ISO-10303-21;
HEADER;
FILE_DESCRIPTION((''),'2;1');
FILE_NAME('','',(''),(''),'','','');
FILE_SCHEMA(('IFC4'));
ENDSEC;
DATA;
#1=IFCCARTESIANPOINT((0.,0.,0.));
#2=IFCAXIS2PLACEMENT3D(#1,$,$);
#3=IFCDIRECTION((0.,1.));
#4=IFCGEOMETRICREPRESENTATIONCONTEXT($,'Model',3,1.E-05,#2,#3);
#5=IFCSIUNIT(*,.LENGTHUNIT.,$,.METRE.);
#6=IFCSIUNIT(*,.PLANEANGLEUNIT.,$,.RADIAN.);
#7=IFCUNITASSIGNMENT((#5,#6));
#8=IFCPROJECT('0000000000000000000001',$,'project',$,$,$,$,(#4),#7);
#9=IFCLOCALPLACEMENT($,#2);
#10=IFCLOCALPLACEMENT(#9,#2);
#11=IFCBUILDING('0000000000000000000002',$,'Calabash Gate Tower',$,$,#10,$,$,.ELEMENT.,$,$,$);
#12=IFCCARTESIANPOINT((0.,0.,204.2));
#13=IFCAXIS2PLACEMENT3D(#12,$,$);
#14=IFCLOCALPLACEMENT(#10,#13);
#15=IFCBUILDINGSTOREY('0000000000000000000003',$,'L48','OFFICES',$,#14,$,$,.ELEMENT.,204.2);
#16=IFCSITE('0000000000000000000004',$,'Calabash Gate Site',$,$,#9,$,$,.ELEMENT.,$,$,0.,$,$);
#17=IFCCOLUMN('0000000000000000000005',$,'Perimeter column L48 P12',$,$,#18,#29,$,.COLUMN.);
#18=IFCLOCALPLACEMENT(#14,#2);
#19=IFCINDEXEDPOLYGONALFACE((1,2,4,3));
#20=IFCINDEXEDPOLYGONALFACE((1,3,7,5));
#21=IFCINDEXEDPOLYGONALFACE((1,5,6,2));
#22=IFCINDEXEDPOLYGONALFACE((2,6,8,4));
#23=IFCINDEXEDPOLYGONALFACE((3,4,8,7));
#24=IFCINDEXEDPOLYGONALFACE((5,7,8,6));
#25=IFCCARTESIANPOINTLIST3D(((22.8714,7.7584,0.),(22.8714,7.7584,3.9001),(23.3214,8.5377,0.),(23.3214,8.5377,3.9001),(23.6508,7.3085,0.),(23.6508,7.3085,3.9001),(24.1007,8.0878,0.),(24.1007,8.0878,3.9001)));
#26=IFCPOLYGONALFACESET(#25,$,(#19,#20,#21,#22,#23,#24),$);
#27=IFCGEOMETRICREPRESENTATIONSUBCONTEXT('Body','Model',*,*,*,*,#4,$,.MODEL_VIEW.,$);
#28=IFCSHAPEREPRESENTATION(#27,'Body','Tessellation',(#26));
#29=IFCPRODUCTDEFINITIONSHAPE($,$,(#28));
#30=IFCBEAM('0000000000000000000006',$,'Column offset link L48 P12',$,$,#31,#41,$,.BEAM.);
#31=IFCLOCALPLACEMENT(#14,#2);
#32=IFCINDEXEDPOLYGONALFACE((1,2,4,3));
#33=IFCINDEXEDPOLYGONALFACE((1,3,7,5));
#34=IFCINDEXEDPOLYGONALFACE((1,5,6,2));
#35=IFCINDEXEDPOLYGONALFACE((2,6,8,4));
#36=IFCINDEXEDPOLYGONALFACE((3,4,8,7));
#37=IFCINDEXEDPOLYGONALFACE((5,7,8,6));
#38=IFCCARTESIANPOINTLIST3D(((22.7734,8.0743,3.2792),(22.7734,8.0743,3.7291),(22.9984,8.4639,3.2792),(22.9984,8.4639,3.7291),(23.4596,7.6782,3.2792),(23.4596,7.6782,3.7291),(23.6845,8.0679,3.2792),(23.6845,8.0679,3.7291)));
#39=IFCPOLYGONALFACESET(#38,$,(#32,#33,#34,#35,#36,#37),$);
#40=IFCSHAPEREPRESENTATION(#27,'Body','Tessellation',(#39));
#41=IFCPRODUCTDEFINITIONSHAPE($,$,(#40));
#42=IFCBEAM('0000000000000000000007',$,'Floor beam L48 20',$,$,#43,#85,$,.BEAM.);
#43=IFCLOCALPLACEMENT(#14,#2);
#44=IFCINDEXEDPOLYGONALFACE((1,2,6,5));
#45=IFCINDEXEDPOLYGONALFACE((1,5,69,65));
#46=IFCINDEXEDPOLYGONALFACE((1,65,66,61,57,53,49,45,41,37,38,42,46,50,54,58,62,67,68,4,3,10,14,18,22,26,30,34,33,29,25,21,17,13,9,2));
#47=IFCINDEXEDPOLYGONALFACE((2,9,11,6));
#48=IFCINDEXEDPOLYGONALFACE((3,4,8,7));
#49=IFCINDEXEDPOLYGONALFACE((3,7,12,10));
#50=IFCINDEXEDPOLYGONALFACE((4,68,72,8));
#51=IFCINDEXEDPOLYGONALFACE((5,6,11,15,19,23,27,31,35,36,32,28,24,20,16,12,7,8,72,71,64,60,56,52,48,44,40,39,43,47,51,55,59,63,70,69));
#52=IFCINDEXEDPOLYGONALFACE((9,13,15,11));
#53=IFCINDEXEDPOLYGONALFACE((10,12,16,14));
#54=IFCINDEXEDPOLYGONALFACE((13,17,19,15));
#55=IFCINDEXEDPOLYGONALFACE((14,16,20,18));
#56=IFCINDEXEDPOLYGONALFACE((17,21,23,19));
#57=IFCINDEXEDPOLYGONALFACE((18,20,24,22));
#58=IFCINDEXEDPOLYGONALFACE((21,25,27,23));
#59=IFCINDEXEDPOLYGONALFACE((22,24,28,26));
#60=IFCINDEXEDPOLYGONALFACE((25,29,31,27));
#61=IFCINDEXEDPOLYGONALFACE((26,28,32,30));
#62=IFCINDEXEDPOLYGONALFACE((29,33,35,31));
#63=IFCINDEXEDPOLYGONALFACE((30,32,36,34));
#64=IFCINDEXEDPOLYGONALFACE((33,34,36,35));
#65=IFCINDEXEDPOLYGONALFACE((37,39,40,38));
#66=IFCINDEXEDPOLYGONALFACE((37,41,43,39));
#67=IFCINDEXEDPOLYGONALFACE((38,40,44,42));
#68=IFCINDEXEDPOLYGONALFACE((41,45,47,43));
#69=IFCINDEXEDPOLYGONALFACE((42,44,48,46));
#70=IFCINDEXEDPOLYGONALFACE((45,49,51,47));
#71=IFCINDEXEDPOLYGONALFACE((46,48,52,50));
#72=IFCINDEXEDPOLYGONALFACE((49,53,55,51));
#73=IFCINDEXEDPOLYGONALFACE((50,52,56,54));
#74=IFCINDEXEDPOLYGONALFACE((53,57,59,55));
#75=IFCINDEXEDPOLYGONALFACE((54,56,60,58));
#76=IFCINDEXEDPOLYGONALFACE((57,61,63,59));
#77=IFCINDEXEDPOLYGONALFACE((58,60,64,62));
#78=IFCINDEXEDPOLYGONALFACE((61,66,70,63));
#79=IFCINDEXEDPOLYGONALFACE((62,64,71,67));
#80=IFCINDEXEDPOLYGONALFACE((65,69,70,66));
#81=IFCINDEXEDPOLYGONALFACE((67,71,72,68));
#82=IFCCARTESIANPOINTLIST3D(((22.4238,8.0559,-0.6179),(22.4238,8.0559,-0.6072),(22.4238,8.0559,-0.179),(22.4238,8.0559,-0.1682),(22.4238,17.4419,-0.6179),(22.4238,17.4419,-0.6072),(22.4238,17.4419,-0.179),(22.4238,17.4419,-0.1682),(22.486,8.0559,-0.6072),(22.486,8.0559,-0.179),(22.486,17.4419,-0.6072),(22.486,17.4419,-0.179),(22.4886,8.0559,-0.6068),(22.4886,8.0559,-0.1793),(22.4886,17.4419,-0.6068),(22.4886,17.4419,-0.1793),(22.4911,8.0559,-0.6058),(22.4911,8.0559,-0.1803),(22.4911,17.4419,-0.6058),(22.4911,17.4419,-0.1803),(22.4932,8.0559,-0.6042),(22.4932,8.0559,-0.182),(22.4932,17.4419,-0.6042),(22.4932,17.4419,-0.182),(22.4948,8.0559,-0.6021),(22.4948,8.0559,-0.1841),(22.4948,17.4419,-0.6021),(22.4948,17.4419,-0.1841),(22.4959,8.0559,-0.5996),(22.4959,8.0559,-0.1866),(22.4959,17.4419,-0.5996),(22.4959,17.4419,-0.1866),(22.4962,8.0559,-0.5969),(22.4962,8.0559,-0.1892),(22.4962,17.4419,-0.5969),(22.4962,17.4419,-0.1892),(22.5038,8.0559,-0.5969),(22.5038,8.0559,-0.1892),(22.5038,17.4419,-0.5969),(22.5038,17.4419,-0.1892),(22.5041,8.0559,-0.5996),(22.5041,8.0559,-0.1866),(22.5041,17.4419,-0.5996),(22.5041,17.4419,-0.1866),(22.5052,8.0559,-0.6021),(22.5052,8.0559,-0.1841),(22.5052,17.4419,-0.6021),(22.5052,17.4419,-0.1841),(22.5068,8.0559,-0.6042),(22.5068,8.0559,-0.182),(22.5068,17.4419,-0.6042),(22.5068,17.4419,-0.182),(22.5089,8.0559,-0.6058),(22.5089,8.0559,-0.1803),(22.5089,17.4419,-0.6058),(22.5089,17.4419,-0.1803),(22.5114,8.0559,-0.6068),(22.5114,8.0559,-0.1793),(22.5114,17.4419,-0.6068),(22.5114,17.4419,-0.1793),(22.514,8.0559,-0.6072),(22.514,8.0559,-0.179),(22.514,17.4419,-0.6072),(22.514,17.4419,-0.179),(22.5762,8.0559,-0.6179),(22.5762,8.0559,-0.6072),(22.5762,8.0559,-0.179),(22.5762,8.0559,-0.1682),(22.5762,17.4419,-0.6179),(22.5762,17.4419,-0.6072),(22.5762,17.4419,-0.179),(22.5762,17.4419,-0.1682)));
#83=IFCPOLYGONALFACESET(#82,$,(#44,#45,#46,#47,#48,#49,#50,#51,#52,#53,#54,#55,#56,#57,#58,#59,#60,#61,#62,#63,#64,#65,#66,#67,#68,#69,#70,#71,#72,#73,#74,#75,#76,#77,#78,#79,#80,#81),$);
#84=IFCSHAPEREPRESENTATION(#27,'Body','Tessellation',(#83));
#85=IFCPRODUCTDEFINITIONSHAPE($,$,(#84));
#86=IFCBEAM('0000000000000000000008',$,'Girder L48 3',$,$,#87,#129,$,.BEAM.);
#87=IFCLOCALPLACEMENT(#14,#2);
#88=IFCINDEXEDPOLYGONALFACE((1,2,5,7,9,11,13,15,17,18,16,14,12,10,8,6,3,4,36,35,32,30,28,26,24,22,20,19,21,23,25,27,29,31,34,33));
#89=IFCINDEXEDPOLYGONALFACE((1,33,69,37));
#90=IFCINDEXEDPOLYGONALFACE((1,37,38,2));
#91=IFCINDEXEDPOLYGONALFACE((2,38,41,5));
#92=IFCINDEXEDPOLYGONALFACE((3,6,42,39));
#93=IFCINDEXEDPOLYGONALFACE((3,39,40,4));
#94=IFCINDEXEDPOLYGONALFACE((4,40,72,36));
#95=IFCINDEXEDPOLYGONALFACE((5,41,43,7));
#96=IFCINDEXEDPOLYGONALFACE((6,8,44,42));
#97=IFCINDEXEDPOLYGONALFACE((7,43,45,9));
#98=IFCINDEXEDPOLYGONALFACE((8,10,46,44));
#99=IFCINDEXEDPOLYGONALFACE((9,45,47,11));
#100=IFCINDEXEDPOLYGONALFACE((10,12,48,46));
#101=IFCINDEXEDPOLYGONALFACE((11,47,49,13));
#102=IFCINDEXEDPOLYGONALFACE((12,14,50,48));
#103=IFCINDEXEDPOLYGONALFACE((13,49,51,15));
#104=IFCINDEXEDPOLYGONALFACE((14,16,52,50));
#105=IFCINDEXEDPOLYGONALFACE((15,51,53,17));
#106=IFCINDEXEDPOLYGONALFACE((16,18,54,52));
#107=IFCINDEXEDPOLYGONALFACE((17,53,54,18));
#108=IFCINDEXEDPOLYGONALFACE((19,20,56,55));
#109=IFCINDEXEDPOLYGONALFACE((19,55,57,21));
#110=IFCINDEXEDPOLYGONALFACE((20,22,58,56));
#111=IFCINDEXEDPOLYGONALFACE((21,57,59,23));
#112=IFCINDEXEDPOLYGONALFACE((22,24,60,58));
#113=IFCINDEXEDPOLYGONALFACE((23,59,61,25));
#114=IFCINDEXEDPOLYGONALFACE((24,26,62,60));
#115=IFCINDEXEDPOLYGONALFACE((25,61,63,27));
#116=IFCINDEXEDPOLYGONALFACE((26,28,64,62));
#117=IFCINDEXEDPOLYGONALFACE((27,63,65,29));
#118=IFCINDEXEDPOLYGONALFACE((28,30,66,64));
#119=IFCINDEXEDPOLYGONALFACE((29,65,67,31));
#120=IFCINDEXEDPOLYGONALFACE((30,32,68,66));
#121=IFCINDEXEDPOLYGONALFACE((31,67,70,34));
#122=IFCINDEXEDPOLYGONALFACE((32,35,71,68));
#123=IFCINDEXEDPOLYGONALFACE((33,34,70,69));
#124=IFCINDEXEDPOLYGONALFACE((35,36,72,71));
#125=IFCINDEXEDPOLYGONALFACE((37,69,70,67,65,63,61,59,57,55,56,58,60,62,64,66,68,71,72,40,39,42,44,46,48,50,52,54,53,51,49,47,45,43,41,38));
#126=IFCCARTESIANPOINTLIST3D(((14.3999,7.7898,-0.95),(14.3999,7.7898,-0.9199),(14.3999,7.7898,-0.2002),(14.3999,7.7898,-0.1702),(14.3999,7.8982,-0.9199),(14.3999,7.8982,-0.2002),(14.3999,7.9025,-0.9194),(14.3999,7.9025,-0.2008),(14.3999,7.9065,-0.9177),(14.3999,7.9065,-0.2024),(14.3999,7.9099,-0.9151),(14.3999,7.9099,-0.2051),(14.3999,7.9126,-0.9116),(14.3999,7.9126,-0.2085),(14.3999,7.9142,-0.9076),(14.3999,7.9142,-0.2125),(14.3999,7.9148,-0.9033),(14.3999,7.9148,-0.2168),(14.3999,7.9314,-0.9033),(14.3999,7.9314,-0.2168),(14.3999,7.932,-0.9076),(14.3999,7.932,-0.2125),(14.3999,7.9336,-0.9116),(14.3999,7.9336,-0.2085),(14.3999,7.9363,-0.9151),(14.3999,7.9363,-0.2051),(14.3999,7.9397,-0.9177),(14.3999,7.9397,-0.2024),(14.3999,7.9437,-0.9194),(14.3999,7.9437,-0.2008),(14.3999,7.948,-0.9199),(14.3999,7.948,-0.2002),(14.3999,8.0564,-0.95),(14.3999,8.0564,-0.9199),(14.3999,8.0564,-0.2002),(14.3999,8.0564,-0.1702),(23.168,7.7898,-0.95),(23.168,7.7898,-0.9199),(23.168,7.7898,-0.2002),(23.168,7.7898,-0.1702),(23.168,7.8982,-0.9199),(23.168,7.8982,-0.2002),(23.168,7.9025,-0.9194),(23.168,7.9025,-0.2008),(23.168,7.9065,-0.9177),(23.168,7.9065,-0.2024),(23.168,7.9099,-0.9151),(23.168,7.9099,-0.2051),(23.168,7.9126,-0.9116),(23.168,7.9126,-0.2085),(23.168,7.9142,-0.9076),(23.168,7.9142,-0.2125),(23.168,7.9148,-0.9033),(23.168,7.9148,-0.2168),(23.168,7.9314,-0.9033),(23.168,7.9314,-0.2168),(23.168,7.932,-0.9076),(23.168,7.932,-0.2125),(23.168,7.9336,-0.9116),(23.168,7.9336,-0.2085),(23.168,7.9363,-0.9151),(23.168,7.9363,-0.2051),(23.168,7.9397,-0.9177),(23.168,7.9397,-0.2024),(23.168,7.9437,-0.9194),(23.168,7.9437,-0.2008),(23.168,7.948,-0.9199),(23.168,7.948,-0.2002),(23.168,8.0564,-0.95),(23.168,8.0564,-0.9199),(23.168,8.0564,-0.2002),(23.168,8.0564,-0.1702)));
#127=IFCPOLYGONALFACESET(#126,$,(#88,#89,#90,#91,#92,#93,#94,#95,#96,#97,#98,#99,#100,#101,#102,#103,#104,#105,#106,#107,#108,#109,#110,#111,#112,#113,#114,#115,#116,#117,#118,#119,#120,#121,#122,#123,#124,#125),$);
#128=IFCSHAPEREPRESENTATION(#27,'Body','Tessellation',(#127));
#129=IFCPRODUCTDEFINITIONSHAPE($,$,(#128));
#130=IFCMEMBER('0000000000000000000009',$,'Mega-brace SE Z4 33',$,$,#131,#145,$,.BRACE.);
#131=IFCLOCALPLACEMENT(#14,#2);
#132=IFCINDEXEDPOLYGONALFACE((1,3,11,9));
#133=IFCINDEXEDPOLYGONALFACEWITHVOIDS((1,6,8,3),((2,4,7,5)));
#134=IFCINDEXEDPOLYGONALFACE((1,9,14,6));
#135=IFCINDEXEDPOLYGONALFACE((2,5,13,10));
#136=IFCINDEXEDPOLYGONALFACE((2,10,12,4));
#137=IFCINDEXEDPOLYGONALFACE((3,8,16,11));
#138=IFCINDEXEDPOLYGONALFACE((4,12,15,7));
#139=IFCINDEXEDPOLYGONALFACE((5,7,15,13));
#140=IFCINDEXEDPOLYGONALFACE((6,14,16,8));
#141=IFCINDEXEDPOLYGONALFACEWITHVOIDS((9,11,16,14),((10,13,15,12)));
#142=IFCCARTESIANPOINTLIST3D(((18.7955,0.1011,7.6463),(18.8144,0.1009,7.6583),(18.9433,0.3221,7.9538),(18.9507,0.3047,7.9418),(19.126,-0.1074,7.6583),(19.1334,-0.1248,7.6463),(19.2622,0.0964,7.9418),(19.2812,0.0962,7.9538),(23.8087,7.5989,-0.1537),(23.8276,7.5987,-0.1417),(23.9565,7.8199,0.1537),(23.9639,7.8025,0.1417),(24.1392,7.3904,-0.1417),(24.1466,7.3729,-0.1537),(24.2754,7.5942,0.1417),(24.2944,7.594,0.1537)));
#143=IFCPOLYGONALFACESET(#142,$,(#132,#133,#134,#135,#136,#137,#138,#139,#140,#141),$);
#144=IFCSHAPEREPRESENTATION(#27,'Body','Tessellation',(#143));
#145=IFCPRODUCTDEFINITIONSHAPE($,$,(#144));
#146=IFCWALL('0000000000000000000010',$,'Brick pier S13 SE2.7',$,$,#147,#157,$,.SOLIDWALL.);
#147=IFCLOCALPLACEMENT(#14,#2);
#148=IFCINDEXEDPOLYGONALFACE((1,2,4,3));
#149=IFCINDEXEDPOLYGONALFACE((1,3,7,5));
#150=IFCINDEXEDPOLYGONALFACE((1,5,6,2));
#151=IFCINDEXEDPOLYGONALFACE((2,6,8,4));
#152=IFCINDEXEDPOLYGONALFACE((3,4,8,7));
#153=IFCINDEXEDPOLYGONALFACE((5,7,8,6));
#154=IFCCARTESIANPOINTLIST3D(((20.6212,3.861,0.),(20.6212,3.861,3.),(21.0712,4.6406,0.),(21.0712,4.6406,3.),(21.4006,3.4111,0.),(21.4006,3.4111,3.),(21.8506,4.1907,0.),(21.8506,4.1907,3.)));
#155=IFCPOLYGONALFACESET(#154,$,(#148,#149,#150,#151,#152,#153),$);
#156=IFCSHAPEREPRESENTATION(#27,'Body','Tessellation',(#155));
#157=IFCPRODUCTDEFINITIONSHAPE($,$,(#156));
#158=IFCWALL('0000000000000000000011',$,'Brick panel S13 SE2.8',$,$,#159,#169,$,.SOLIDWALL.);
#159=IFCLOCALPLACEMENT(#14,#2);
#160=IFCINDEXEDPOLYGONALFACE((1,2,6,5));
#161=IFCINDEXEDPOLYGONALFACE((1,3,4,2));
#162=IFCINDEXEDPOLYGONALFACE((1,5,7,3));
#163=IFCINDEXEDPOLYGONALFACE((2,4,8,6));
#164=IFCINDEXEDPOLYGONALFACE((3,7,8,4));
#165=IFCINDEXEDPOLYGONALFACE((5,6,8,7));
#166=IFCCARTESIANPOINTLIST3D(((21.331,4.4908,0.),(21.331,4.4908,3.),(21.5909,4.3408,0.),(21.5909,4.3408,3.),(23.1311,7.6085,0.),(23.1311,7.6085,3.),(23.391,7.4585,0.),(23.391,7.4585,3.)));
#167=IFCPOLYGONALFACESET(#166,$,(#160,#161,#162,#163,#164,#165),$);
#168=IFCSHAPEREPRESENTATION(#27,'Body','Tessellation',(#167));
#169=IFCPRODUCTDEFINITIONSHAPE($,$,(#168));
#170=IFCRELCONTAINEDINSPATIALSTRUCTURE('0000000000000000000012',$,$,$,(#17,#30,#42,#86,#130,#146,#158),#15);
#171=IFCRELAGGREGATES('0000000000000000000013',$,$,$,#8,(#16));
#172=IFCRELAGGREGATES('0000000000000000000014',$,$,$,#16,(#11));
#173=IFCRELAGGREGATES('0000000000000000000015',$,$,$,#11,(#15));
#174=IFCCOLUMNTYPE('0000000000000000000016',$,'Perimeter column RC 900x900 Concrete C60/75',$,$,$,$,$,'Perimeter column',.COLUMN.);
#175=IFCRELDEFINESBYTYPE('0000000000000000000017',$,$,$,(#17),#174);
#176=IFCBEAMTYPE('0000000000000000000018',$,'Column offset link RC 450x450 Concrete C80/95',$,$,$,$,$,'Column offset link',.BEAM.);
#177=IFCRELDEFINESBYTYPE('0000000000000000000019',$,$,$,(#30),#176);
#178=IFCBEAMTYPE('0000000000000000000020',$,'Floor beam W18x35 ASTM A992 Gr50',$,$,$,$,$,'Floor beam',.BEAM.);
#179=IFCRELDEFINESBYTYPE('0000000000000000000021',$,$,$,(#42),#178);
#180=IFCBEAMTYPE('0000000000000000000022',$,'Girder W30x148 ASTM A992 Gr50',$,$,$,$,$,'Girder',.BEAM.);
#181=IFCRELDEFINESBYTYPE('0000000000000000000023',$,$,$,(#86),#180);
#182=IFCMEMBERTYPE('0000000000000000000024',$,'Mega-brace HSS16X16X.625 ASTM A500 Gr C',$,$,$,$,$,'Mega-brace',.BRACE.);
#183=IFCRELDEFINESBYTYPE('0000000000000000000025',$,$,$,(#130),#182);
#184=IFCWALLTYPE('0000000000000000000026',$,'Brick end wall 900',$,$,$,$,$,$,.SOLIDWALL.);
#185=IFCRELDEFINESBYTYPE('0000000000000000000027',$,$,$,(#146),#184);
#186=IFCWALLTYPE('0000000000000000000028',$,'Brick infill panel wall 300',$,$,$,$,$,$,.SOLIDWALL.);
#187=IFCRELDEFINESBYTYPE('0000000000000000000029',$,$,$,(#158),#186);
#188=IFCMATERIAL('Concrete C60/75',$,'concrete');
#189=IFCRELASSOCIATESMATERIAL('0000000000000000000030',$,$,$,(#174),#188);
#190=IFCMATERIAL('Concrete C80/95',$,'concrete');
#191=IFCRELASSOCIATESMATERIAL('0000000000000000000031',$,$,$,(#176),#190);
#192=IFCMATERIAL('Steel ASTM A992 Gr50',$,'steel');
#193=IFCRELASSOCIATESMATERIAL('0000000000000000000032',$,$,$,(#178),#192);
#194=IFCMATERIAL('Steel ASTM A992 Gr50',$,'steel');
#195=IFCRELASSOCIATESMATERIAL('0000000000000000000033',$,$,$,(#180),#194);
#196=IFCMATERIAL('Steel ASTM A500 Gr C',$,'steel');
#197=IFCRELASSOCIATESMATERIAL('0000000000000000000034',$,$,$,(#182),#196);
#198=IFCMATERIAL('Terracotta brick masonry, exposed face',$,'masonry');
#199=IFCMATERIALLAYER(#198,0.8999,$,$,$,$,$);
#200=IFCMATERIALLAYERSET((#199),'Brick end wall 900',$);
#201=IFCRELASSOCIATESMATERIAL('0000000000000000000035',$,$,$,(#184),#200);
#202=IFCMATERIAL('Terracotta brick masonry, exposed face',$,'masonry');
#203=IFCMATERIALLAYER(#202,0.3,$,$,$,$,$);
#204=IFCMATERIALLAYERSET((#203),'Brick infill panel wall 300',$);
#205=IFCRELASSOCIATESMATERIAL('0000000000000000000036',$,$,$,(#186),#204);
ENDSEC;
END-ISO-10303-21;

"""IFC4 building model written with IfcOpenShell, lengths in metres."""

from ifc_helpers import new_model, si_unit, direction, frame, frame_2d, origin, origin_2d, place, context, subcontext, project, spatial, rectangle, hollow_rectangle, i_section, extrude, material, layer, layer_set, material_profile, profile_set, type_object, element, save


model = new_model("IFC4")

# Units and contexts
model_context = context("Model", 3, precision=1e-05, world=origin(), true_north=direction((0.0, 1.0)))
body_context = subcontext(model_context, "Body", "Model", "MODEL_VIEW")
ifc_project = project(units=[si_unit("LENGTHUNIT", "METRE"), si_unit("PLANEANGLEUNIT", "RADIAN")], contexts=[model_context])

# Site, building, storey
site_placement = place(None, origin())
site = spatial("IfcSite", under=ifc_project, at=site_placement, Name="Calabash Gate Site", CompositionType="ELEMENT", RefElevation=0.0)
building_placement = place(site_placement, origin())
building = spatial("IfcBuilding", under=site, at=building_placement, Name="Calabash Gate Tower", CompositionType="ELEMENT")
storey_placement = place(building_placement, frame((0.0, 0.0, 204.2)))
storey = spatial("IfcBuildingStorey", under=building, at=storey_placement, Name="L48", Description="OFFICES", CompositionType="ELEMENT", Elevation=204.2)

# Column
ifc_material_1 = material(Name="Concrete C60/75", Category="concrete")
ifc_material_profile_1 = material_profile(ifc_material_1, rectangle(XDim=0.8999, YDim=0.8999, at=origin_2d()))
ifc_profile_set_1 = profile_set([ifc_material_profile_1], Name="Concrete C60/75")
column_type = type_object("IfcColumnType", Name="Perimeter column RC 900x900 Concrete C60/75", ElementType="Perimeter column", PredefinedType="COLUMN", material=ifc_profile_set_1)
column_placement = place(storey_placement, frame((23.4861, 7.9231, 0.0), z_axis=(0.0, 0.0, 1.0), x_axis=(0.5, 0.866025, 0.0)))
element("IfcColumn", 1, at=column_placement, inside=storey, type_object=column_type, Name="Perimeter column L48 P12", PredefinedType="COLUMN", context=body_context, shape_type="SweptSolid", body=[
    extrude(rectangle(XDim=0.8999, YDim=0.8999, at=origin_2d()), origin(), (0.0, 0.0, 1.0), 3.9001),
])

# Beams
ifc_material_2 = material(Name="Concrete C80/95", Category="concrete")
ifc_material_profile_2 = material_profile(ifc_material_2, rectangle(XDim=0.45, YDim=0.45, at=origin_2d()))
ifc_profile_set_2 = profile_set([ifc_material_profile_2], Name="Concrete C80/95")
beam_type_1 = type_object("IfcBeamType", Name="Column offset link RC 450x450 Concrete C80/95", ElementType="Column offset link", PredefinedType="BEAM", material=ifc_profile_set_2)
beam_1_placement = place(storey_placement, frame((23.572, 7.873, 3.5042), z_axis=(-0.866073, 0.499918, 0.0), x_axis=(-0.499918, -0.866073, 0.0)))
element("IfcBeam", 2, at=beam_1_placement, inside=storey, type_object=beam_type_1, Name="Column offset link L48 P12", PredefinedType="BEAM", context=body_context, shape_type="SweptSolid", body=[
    extrude(rectangle(XDim=0.45, YDim=0.45, at=origin_2d()), origin(), (0.0, 0.0, 1.0), 0.7922),
])
ifc_material_3 = material(Name="Steel ASTM A992 Gr50", Category="steel")
ifc_material_profile_3 = material_profile(ifc_material_3, i_section(OverallWidth=0.1523, OverallDepth=0.4497, WebThickness=0.0076, FlangeThickness=0.0107, FilletRadius=0.0103, at=origin_2d()))
ifc_profile_set_3 = profile_set([ifc_material_profile_3], Name="Steel ASTM A992 Gr50")
beam_type_2 = type_object("IfcBeamType", Name="Floor beam W18x35 ASTM A992 Gr50", ElementType="Floor beam", PredefinedType="BEAM", material=ifc_profile_set_3)
beam_2_placement = place(storey_placement, frame((22.5, 8.0559, -0.3931), z_axis=(0.0, 1.0, 0.0), x_axis=(-1.0, 0.0, 0.0)))
element("IfcBeam", 3, at=beam_2_placement, inside=storey, type_object=beam_type_2, Name="Floor beam L48 20", PredefinedType="BEAM", context=body_context, shape_type="SweptSolid", body=[
    extrude(i_section(OverallWidth=0.1523, OverallDepth=0.4497, WebThickness=0.0076, FlangeThickness=0.0107, FilletRadius=0.0103, at=origin_2d()), origin(), (0.0, 0.0, 1.0), 9.386),
])
ifc_material_4 = material(Name="Steel ASTM A992 Gr50", Category="steel")
ifc_material_profile_4 = material_profile(ifc_material_4, i_section(OverallWidth=0.2666, OverallDepth=0.7798, WebThickness=0.0166, FlangeThickness=0.03, FilletRadius=0.0166, at=origin_2d()))
ifc_profile_set_4 = profile_set([ifc_material_profile_4], Name="Steel ASTM A992 Gr50")
beam_type_3 = type_object("IfcBeamType", Name="Girder W30x148 ASTM A992 Gr50", ElementType="Girder", PredefinedType="BEAM", material=ifc_profile_set_4)
beam_3_placement = place(storey_placement, frame((23.168, 7.9231, -0.5601), z_axis=(-1.0, 0.0, 0.0), x_axis=(0.0, -1.0, 0.0)))
element("IfcBeam", 4, at=beam_3_placement, inside=storey, type_object=beam_type_3, Name="Girder L48 3", PredefinedType="BEAM", context=body_context, shape_type="SweptSolid", body=[
    extrude(i_section(OverallWidth=0.2666, OverallDepth=0.7798, WebThickness=0.0166, FlangeThickness=0.03, FilletRadius=0.0166, at=origin_2d()), origin(), (0.0, 0.0, 1.0), 8.7681),
])

# Member
ifc_material_5 = material(Name="Steel ASTM A500 Gr C", Category="steel")
ifc_material_profile_5 = material_profile(ifc_material_5, hollow_rectangle(XDim=0.4065, YDim=0.4065, WallThickness=0.0159, at=origin_2d()))
ifc_profile_set_5 = profile_set([ifc_material_profile_5], Name="Steel ASTM A500 Gr C")
member_type = type_object("IfcMemberType", Name="Mega-brace HSS16X16X.625 ASTM A500 Gr C", ElementType="Mega-brace", PredefinedType="BRACE", material=ifc_profile_set_5)
member_placement = place(storey_placement, frame((24.0515, 7.5964, 0.0), z_axis=(-0.420416, -0.628782, 0.654129), x_axis=(0.8313, -0.555824, 0.0)))
element("IfcMember", 5, at=member_placement, inside=storey, type_object=member_type, Name="Mega-brace SE Z4 33", PredefinedType="BRACE", context=body_context, shape_type="SweptSolid", body=[
    extrude(hollow_rectangle(XDim=0.4065, YDim=0.4065, WallThickness=0.0159, at=origin_2d()), origin(), (0.0, 0.0, 1.0), 11.9243),
])

# Walls
ifc_material_6 = material(Name="Terracotta brick masonry, exposed face", Category="masonry")
ifc_layer_1 = layer(ifc_material_6, 0.8999)
ifc_layer_set_1 = layer_set([ifc_layer_1], Name="Brick end wall 900")
wall_type_1 = type_object("IfcWallType", Name="Brick end wall 900", PredefinedType="SOLIDWALL", material=ifc_layer_set_1)
wall_1_placement = place(storey_placement, frame((21.4609, 4.4158, 0.0), z_axis=(0.0, 0.0, 1.0), x_axis=(-0.499902, -0.866082, 0.0)))
element("IfcWall", 6, at=wall_1_placement, inside=storey, type_object=wall_type_1, Name="Brick pier S13 SE2.7", PredefinedType="SOLIDWALL", context=body_context, shape_type="SweptSolid", body=[
    extrude(rectangle(XDim=0.9001, YDim=0.8999, at=frame_2d((0.4502, 0.0))), origin(), (0.0, 0.0, 1.0), 3.0),
])
ifc_material_7 = material(Name="Terracotta brick masonry, exposed face", Category="masonry")
ifc_layer_2 = layer(ifc_material_7, 0.3)
ifc_layer_set_2 = layer_set([ifc_layer_2], Name="Brick infill panel wall 300")
wall_type_2 = type_object("IfcWallType", Name="Brick infill panel wall 300", PredefinedType="SOLIDWALL", material=ifc_layer_set_2)
wall_2_placement = place(storey_placement, frame((21.4609, 4.4158, 0.0), z_axis=(0.0, 0.0, 1.0), x_axis=(0.500012, 0.866018, 0.0)))
element("IfcWall", 7, at=wall_2_placement, inside=storey, type_object=wall_type_2, Name="Brick panel S13 SE2.8", PredefinedType="SOLIDWALL", context=body_context, shape_type="SweptSolid", body=[
    extrude(rectangle(XDim=3.6001, YDim=0.3, at=frame_2d((1.8, 0.0))), origin(), (0.0, 0.0, 1.0), 3.0),
])

save(model, "model.ifc")
